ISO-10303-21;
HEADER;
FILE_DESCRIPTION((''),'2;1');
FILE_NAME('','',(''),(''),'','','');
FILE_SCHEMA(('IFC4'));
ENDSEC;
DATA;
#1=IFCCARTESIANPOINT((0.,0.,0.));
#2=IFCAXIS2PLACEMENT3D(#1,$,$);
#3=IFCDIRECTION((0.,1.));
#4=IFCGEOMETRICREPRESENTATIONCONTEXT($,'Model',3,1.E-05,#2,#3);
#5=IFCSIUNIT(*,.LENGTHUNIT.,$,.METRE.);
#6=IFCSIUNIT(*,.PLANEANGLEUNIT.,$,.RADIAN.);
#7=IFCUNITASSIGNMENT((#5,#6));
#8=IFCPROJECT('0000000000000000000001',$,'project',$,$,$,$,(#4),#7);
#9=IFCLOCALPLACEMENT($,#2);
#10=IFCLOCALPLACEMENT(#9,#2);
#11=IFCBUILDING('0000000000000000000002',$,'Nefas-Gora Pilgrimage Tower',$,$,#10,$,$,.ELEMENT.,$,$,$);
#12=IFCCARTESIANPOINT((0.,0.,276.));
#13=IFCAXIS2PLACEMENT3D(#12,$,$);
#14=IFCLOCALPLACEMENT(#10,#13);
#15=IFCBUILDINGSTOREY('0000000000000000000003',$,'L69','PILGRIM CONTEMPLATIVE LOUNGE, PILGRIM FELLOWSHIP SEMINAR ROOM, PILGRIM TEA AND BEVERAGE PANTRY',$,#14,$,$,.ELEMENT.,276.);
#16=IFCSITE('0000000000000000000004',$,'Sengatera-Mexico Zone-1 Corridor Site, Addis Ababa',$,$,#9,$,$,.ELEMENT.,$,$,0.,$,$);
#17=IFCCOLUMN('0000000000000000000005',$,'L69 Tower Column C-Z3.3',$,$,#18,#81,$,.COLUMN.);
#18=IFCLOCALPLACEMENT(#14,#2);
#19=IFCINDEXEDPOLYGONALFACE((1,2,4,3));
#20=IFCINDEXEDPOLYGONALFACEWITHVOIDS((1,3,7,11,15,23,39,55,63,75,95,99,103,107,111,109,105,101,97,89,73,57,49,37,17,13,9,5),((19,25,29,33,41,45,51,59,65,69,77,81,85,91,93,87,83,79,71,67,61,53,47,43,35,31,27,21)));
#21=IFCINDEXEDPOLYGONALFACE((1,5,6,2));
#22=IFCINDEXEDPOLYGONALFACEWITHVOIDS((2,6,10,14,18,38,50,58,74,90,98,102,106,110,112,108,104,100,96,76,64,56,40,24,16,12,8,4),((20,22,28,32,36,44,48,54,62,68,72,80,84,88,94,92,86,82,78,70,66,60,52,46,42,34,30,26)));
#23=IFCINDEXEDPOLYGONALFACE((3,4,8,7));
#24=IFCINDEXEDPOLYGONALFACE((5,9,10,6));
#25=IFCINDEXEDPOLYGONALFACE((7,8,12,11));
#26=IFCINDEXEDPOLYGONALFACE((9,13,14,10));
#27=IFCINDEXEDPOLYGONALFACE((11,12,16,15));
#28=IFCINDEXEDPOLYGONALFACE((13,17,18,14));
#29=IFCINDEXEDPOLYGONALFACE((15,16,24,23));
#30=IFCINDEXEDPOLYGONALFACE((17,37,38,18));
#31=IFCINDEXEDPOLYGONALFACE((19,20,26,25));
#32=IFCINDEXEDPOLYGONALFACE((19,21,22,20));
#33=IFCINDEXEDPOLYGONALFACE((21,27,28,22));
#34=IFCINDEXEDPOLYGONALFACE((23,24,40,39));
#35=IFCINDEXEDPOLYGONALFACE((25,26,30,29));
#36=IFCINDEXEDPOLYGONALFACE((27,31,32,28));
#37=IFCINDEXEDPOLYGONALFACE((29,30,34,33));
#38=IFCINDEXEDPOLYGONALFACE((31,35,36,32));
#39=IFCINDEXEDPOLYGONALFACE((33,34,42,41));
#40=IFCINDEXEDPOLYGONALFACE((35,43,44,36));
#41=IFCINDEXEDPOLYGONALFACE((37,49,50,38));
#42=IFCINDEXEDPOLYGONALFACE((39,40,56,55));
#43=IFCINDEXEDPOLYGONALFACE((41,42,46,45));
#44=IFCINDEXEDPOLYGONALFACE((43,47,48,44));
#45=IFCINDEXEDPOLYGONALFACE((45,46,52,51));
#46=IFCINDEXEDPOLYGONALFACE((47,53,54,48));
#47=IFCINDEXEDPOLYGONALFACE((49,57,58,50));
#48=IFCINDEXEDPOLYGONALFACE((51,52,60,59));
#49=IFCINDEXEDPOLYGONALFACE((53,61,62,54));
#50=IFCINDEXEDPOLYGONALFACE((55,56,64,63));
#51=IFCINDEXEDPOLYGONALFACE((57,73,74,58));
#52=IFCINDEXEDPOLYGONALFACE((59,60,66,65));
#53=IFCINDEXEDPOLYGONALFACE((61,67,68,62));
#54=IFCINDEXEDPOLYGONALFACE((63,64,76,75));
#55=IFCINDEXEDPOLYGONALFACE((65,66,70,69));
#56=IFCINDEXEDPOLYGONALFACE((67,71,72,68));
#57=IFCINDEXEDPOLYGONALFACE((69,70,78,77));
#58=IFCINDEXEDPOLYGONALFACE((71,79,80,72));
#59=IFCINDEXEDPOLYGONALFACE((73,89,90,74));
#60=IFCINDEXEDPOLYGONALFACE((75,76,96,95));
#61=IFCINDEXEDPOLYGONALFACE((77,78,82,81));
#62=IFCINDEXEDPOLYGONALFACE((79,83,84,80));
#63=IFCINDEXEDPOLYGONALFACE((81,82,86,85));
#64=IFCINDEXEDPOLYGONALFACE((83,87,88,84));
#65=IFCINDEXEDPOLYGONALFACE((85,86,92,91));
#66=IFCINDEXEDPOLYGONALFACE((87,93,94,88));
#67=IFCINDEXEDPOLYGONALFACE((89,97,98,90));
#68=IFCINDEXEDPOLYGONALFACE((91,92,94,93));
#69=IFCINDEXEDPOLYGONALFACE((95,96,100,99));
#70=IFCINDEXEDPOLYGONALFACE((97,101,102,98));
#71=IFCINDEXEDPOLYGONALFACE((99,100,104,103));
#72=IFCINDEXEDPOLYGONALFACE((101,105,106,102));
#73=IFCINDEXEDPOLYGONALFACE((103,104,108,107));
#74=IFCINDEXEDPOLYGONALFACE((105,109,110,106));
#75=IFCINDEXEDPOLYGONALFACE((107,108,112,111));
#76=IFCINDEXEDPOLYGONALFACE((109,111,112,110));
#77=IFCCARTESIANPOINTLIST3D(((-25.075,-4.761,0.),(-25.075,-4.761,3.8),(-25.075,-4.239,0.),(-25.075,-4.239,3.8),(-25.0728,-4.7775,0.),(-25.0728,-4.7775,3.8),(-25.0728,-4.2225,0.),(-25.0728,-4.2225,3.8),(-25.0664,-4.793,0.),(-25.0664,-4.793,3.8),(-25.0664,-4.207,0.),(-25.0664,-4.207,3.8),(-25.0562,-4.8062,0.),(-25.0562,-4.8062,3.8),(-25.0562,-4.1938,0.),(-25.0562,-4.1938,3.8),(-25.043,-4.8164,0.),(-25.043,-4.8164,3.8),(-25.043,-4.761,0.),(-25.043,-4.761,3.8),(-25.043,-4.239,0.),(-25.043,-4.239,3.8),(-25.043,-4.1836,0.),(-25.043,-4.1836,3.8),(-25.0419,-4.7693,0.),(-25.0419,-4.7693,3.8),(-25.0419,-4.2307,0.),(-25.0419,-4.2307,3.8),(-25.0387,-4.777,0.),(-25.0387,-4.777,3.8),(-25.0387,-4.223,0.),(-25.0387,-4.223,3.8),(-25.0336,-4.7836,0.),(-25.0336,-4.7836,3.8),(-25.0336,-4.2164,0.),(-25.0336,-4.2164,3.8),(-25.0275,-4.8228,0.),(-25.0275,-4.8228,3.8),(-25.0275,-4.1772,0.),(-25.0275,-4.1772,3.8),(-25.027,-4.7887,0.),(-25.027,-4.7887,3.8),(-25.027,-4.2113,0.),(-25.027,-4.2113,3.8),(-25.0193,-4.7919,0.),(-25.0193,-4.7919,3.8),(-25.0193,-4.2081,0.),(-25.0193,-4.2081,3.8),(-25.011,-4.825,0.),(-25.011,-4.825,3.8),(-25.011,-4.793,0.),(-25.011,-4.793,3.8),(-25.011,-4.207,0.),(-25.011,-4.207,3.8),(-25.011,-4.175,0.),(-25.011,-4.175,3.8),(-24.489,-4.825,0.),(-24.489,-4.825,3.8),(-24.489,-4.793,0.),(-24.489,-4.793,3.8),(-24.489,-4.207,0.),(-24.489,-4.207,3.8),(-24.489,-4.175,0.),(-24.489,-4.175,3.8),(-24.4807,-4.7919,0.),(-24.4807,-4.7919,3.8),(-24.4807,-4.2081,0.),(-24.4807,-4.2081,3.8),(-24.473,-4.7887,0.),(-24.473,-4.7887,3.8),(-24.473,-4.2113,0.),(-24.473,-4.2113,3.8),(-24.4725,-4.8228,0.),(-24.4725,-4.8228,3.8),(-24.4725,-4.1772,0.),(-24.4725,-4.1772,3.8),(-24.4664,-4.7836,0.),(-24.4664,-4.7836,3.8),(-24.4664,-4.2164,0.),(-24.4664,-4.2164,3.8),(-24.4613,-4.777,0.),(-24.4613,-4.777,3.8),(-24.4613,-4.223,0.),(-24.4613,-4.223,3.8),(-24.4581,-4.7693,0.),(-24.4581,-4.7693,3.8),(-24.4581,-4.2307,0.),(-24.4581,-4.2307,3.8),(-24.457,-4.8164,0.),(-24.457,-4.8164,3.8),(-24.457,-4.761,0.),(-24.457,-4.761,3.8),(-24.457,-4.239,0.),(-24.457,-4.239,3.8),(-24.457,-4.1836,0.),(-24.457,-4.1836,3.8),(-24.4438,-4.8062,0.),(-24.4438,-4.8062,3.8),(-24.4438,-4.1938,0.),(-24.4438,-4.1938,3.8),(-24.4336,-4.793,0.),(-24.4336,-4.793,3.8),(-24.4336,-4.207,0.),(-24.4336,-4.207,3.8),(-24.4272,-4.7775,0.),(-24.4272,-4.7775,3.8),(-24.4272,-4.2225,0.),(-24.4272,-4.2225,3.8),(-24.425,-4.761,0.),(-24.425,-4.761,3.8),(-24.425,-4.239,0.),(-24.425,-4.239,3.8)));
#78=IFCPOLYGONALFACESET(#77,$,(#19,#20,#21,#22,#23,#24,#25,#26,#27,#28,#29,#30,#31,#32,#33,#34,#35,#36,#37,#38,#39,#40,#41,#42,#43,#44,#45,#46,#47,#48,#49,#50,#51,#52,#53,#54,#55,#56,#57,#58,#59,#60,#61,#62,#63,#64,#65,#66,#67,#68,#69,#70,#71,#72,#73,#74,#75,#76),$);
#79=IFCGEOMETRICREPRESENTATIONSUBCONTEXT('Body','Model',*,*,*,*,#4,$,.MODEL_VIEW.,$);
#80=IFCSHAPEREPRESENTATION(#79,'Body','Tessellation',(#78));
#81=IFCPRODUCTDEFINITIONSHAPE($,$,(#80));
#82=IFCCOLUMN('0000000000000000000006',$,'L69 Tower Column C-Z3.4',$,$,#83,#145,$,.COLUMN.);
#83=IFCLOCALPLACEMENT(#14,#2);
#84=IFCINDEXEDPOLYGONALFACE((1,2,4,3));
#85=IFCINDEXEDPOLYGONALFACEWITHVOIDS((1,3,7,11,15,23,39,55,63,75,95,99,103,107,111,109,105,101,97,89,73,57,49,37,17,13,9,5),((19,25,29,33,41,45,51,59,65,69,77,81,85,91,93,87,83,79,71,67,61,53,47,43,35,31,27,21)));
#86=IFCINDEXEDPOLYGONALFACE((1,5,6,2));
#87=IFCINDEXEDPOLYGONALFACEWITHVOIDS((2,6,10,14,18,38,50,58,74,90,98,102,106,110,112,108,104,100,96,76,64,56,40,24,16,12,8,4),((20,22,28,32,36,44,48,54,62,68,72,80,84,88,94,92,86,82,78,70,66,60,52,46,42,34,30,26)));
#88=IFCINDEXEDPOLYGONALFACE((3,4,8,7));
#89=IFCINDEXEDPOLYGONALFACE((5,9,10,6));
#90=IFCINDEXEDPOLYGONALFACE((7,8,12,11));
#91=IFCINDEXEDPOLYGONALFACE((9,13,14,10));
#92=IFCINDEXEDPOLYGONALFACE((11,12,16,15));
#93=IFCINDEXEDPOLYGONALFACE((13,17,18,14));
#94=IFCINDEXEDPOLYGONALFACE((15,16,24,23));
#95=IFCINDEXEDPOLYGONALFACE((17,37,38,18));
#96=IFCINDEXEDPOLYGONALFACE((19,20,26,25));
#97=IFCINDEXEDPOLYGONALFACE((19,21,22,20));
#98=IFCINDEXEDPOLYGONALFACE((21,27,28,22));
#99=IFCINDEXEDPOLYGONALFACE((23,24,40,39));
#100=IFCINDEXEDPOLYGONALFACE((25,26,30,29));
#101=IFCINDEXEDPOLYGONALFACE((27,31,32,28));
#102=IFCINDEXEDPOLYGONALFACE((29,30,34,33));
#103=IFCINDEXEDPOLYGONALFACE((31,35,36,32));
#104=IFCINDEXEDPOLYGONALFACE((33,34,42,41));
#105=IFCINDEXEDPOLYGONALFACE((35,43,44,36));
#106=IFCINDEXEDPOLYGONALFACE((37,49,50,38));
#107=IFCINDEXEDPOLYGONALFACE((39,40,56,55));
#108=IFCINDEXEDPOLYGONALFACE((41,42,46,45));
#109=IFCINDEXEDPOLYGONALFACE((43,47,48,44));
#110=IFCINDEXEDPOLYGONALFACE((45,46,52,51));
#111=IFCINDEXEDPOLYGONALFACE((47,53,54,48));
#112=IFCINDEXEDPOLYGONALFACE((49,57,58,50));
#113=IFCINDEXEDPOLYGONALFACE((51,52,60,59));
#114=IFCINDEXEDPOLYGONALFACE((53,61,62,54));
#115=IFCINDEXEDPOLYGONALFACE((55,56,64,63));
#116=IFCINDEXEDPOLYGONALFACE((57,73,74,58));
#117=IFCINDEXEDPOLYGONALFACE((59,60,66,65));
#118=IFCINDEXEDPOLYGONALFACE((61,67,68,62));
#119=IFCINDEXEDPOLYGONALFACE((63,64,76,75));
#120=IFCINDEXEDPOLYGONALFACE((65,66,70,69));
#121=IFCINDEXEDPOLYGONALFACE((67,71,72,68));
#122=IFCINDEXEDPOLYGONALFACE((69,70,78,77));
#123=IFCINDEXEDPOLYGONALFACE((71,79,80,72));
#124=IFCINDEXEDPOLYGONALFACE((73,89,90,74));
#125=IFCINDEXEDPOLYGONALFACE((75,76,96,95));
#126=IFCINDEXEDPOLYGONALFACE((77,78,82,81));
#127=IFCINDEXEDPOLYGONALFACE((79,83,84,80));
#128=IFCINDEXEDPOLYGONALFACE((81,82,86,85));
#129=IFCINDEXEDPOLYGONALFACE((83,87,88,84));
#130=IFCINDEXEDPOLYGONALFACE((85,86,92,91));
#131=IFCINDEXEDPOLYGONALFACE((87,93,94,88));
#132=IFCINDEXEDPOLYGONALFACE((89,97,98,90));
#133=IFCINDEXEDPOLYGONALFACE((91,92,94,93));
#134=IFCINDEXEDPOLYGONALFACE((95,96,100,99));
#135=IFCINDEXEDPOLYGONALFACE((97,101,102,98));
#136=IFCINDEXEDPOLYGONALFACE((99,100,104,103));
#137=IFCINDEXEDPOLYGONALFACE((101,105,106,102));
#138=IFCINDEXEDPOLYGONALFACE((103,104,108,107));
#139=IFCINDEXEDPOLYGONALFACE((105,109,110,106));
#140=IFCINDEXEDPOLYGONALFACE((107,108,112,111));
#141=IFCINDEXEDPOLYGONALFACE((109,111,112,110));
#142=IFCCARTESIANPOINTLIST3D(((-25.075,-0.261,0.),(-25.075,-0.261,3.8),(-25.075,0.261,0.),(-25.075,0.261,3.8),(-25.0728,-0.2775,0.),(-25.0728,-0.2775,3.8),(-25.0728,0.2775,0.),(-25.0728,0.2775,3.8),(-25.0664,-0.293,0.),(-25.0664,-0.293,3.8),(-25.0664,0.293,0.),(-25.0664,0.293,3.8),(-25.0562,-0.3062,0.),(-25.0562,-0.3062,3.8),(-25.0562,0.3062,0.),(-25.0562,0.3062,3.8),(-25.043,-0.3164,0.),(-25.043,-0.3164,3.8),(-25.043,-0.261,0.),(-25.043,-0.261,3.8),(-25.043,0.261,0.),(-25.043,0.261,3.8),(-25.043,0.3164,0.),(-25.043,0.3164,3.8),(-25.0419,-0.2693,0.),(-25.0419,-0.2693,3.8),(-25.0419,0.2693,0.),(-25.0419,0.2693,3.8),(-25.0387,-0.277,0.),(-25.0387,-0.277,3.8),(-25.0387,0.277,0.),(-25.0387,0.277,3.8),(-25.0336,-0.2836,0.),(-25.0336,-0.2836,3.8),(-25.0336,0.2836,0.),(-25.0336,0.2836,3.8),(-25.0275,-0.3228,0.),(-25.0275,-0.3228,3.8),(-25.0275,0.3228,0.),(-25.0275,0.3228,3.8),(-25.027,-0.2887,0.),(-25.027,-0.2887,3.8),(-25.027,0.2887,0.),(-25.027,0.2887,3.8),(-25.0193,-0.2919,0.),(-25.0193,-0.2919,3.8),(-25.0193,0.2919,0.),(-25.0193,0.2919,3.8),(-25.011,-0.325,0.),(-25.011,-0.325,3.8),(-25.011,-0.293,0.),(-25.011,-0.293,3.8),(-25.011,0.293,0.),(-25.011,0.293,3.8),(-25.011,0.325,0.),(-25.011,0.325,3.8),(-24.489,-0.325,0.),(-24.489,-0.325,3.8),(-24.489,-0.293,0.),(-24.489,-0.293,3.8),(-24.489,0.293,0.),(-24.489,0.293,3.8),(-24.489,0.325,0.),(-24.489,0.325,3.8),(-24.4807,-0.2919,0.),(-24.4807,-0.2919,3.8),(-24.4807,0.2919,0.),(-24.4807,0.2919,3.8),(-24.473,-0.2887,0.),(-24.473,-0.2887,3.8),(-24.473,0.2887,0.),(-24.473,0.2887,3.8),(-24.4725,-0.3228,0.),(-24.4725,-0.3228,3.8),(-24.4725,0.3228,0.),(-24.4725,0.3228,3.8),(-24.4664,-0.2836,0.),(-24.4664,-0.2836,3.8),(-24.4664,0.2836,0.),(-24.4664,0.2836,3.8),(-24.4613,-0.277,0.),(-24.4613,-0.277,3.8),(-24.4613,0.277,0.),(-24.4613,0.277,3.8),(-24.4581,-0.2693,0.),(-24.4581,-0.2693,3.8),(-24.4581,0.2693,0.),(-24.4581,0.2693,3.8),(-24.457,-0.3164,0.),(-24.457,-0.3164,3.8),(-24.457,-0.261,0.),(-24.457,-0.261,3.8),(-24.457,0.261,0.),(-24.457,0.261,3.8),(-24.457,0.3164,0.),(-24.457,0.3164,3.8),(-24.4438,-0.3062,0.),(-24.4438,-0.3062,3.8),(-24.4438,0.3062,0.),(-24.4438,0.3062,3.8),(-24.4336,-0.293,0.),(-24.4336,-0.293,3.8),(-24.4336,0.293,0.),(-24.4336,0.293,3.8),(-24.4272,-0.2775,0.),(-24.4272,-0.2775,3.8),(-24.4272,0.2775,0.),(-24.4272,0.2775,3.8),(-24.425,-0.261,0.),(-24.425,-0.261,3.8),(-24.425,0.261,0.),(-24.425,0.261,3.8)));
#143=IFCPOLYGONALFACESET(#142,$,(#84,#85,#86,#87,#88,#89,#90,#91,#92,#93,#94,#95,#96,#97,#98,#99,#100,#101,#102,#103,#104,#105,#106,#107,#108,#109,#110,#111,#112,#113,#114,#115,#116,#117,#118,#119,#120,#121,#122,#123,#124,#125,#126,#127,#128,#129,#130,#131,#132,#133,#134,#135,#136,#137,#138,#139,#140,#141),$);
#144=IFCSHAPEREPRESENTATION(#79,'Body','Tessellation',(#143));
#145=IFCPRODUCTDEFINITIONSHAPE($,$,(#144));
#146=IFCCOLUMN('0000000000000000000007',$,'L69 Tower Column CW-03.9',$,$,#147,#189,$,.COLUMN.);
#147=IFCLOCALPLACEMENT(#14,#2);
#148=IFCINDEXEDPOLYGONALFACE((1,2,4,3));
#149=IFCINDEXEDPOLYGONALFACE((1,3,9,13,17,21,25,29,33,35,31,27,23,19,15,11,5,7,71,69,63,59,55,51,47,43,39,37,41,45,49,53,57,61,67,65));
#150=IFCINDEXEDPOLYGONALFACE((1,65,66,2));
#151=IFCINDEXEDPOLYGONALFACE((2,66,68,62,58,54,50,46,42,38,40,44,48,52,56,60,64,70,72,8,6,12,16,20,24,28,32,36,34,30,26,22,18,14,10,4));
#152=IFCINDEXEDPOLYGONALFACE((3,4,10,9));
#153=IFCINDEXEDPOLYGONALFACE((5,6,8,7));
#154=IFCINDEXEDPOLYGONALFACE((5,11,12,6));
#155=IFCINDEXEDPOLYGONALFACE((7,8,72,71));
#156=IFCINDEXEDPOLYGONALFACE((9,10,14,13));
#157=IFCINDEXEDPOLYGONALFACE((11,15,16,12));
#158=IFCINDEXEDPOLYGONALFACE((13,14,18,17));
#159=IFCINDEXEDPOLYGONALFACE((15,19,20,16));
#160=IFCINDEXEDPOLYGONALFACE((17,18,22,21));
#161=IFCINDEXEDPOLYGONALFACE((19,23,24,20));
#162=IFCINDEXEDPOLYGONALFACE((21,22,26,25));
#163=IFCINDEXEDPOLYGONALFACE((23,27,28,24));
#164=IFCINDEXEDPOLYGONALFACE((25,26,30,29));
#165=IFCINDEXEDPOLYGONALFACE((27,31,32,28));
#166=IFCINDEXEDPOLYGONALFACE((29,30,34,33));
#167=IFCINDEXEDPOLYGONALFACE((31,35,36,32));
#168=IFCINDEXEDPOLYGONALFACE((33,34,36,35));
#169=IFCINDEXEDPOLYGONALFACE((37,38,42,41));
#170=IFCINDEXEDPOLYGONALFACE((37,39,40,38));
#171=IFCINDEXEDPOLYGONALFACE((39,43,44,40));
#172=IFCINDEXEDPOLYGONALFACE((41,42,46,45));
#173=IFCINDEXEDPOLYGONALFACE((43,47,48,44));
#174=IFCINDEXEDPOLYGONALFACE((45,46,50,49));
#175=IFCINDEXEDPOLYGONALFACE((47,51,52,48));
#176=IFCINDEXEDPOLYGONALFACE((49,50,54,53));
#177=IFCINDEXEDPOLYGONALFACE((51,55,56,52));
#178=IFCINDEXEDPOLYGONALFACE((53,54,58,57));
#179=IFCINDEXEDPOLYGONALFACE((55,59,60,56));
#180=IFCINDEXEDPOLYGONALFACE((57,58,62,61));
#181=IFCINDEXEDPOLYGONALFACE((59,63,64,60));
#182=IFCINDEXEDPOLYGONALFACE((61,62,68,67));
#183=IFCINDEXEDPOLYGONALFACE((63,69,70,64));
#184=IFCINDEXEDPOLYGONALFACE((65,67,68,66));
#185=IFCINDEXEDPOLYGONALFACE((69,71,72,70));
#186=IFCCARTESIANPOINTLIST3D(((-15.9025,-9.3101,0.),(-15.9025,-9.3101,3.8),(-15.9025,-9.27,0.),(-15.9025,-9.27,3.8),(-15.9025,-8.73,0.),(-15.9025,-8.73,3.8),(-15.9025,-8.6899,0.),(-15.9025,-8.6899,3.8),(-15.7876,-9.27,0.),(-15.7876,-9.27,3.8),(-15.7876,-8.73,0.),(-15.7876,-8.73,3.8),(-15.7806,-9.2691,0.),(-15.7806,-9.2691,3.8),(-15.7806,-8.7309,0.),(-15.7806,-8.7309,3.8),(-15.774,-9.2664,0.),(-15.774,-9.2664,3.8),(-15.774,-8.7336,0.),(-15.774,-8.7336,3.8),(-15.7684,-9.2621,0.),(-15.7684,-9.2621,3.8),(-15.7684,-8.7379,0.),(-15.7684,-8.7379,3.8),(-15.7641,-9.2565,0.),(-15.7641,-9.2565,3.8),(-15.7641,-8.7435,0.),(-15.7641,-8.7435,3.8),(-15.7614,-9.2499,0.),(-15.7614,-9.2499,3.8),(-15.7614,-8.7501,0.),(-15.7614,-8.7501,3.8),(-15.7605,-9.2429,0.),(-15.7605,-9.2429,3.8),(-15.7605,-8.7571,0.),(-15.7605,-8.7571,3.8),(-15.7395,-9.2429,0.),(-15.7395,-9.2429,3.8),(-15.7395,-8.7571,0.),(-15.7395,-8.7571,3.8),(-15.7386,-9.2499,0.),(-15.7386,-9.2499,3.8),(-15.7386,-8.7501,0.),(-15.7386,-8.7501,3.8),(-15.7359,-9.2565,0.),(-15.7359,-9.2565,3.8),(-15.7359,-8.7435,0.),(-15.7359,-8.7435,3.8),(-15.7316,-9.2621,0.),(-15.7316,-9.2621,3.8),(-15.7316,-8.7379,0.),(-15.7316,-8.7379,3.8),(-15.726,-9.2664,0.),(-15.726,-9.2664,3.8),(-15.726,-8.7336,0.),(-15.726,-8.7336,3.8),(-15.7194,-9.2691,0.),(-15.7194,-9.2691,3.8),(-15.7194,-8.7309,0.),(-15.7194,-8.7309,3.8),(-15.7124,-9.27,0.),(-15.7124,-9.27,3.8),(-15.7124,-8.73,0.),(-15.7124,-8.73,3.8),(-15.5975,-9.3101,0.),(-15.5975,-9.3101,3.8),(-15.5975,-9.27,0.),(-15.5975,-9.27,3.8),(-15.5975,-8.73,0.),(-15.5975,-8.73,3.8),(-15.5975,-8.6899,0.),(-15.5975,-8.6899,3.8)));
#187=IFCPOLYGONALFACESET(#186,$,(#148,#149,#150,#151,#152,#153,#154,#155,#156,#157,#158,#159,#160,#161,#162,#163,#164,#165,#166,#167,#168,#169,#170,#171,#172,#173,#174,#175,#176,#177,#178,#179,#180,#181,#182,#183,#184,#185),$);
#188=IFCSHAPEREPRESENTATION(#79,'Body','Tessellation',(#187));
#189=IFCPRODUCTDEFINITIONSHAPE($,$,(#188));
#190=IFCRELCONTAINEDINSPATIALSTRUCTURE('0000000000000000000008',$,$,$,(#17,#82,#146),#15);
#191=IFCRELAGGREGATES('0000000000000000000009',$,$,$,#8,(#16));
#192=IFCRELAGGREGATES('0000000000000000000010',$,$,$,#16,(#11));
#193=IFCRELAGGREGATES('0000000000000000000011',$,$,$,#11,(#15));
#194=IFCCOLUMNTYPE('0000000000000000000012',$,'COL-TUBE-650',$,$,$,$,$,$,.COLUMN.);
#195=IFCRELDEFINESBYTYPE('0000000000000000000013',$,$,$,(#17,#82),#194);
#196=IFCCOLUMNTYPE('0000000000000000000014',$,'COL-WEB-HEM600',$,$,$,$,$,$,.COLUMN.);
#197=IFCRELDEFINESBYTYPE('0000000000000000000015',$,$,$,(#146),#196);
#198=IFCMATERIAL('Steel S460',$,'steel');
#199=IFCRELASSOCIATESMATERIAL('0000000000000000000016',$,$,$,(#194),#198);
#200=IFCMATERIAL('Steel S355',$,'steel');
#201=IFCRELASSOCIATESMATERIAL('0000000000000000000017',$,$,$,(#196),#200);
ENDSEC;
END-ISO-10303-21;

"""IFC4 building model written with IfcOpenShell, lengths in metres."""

from ifc_helpers import new_model, si_unit, direction, frame, origin, origin_2d, place, context, subcontext, project, spatial, hollow_rectangle, i_section, extrude, source, transform, mapped, material, material_profile, profile_set, type_object, element, save


model = new_model("IFC4")

# Units and contexts
model_context = context("Model", 3, precision=1e-05, world=origin(), true_north=direction((0.0, 1.0)))
body_context = subcontext(model_context, "Body", "Model", "MODEL_VIEW")
ifc_project = project(units=[si_unit("LENGTHUNIT", "METRE"), si_unit("PLANEANGLEUNIT", "RADIAN")], contexts=[model_context])

# Site, building, storey
site_placement = place(None, origin())
site = spatial("IfcSite", under=ifc_project, at=site_placement, Name="Sengatera-Mexico Zone-1 Corridor Site, Addis Ababa", CompositionType="ELEMENT", RefElevation=0.0)
building_placement = place(site_placement, origin())
building = spatial("IfcBuilding", under=site, at=building_placement, Name="Nefas-Gora Pilgrimage Tower", CompositionType="ELEMENT")
storey_placement = place(building_placement, frame((0.0, 0.0, 276.0)))
storey = spatial("IfcBuildingStorey", under=building, at=storey_placement, Name="L69", Description="PILGRIM CONTEMPLATIVE LOUNGE, PILGRIM FELLOWSHIP SEMINAR ROOM, PILGRIM TEA AND BEVERAGE PANTRY", CompositionType="ELEMENT", Elevation=276.0)

# Columns
ifc_material_1 = material(Name="Steel S460", Category="steel")
ifc_material_profile_1 = material_profile(ifc_material_1, hollow_rectangle(XDim=0.6499, YDim=0.6499, WallThickness=0.032, InnerFilletRadius=0.032, OuterFilletRadius=0.064, at=origin_2d()), Name="BOX 650x650x32")
ifc_profile_set_1 = profile_set([ifc_material_profile_1], Name="Steel S460")
column_type_1 = type_object("IfcColumnType", Name="COL-TUBE-650", PredefinedType="COLUMN", material=ifc_profile_set_1)
shared_shape_1 = source(origin(), body_context, "Body", "SweptSolid", [
    extrude(hollow_rectangle(XDim=0.6499, YDim=0.6499, WallThickness=0.032, InnerFilletRadius=0.032, OuterFilletRadius=0.064, at=origin_2d()), origin(), (0.0, 0.0, 1.0), 3.8),
])
for number, where, z_axis, x_axis, name in (
    (1, (-24.75, -4.5, 0.0), (0.0, 0.0, 1.0), (1.0, 0.0, 0.0), "L69 Tower Column C-Z3.3"),
    (2, (-24.75, 0.0, 0.0), (0.0, 0.0, 1.0), (1.0, 0.0, 0.0), "L69 Tower Column C-Z3.4"),
):
    element("IfcColumn", number, at=place(storey_placement, frame(where, z_axis=z_axis, x_axis=x_axis)), inside=storey, type_object=column_type_1, Name=name, PredefinedType="COLUMN", context=body_context, shape_type="MappedRepresentation", body=[
        mapped(shared_shape_1, transform((0.0, 0.0, 0.0), x_axis=(1.0, 0.0, 0.0), y_axis=(0.0, 1.0, 0.0), z_axis=(0.0, 0.0, 1.0), scale=1.0)),
    ])
ifc_material_2 = material(Name="Steel S355", Category="steel")
ifc_material_profile_2 = material_profile(ifc_material_2, i_section(OverallWidth=0.3049, OverallDepth=0.6201, WebThickness=0.021, FlangeThickness=0.04, FilletRadius=0.0271, at=origin_2d()), Name="HEM 600")
ifc_profile_set_2 = profile_set([ifc_material_profile_2], Name="Steel S355")
column_type_2 = type_object("IfcColumnType", Name="COL-WEB-HEM600", PredefinedType="COLUMN", material=ifc_profile_set_2)
shared_shape_2 = source(origin(), body_context, "Body", "SweptSolid", [
    extrude(i_section(OverallWidth=0.3049, OverallDepth=0.6201, WebThickness=0.021, FlangeThickness=0.04, FilletRadius=0.0271, at=origin_2d()), origin(), (0.0, 0.0, 1.0), 3.8),
])
for number, where, z_axis, x_axis, name in (
    (3, (-15.75, -9.0, 0.0), (0.0, 0.0, 1.0), (1.0, 0.0, 0.0), "L69 Tower Column CW-03.9"),
):
    element("IfcColumn", number, at=place(storey_placement, frame(where, z_axis=z_axis, x_axis=x_axis)), inside=storey, type_object=column_type_2, Name=name, PredefinedType="COLUMN", context=body_context, shape_type="MappedRepresentation", body=[
        mapped(shared_shape_2, transform((0.0, 0.0, 0.0), x_axis=(1.0, 0.0, 0.0), y_axis=(0.0, 1.0, 0.0), z_axis=(0.0, 0.0, 1.0), scale=1.0)),
    ])

save(model, "model.ifc")
